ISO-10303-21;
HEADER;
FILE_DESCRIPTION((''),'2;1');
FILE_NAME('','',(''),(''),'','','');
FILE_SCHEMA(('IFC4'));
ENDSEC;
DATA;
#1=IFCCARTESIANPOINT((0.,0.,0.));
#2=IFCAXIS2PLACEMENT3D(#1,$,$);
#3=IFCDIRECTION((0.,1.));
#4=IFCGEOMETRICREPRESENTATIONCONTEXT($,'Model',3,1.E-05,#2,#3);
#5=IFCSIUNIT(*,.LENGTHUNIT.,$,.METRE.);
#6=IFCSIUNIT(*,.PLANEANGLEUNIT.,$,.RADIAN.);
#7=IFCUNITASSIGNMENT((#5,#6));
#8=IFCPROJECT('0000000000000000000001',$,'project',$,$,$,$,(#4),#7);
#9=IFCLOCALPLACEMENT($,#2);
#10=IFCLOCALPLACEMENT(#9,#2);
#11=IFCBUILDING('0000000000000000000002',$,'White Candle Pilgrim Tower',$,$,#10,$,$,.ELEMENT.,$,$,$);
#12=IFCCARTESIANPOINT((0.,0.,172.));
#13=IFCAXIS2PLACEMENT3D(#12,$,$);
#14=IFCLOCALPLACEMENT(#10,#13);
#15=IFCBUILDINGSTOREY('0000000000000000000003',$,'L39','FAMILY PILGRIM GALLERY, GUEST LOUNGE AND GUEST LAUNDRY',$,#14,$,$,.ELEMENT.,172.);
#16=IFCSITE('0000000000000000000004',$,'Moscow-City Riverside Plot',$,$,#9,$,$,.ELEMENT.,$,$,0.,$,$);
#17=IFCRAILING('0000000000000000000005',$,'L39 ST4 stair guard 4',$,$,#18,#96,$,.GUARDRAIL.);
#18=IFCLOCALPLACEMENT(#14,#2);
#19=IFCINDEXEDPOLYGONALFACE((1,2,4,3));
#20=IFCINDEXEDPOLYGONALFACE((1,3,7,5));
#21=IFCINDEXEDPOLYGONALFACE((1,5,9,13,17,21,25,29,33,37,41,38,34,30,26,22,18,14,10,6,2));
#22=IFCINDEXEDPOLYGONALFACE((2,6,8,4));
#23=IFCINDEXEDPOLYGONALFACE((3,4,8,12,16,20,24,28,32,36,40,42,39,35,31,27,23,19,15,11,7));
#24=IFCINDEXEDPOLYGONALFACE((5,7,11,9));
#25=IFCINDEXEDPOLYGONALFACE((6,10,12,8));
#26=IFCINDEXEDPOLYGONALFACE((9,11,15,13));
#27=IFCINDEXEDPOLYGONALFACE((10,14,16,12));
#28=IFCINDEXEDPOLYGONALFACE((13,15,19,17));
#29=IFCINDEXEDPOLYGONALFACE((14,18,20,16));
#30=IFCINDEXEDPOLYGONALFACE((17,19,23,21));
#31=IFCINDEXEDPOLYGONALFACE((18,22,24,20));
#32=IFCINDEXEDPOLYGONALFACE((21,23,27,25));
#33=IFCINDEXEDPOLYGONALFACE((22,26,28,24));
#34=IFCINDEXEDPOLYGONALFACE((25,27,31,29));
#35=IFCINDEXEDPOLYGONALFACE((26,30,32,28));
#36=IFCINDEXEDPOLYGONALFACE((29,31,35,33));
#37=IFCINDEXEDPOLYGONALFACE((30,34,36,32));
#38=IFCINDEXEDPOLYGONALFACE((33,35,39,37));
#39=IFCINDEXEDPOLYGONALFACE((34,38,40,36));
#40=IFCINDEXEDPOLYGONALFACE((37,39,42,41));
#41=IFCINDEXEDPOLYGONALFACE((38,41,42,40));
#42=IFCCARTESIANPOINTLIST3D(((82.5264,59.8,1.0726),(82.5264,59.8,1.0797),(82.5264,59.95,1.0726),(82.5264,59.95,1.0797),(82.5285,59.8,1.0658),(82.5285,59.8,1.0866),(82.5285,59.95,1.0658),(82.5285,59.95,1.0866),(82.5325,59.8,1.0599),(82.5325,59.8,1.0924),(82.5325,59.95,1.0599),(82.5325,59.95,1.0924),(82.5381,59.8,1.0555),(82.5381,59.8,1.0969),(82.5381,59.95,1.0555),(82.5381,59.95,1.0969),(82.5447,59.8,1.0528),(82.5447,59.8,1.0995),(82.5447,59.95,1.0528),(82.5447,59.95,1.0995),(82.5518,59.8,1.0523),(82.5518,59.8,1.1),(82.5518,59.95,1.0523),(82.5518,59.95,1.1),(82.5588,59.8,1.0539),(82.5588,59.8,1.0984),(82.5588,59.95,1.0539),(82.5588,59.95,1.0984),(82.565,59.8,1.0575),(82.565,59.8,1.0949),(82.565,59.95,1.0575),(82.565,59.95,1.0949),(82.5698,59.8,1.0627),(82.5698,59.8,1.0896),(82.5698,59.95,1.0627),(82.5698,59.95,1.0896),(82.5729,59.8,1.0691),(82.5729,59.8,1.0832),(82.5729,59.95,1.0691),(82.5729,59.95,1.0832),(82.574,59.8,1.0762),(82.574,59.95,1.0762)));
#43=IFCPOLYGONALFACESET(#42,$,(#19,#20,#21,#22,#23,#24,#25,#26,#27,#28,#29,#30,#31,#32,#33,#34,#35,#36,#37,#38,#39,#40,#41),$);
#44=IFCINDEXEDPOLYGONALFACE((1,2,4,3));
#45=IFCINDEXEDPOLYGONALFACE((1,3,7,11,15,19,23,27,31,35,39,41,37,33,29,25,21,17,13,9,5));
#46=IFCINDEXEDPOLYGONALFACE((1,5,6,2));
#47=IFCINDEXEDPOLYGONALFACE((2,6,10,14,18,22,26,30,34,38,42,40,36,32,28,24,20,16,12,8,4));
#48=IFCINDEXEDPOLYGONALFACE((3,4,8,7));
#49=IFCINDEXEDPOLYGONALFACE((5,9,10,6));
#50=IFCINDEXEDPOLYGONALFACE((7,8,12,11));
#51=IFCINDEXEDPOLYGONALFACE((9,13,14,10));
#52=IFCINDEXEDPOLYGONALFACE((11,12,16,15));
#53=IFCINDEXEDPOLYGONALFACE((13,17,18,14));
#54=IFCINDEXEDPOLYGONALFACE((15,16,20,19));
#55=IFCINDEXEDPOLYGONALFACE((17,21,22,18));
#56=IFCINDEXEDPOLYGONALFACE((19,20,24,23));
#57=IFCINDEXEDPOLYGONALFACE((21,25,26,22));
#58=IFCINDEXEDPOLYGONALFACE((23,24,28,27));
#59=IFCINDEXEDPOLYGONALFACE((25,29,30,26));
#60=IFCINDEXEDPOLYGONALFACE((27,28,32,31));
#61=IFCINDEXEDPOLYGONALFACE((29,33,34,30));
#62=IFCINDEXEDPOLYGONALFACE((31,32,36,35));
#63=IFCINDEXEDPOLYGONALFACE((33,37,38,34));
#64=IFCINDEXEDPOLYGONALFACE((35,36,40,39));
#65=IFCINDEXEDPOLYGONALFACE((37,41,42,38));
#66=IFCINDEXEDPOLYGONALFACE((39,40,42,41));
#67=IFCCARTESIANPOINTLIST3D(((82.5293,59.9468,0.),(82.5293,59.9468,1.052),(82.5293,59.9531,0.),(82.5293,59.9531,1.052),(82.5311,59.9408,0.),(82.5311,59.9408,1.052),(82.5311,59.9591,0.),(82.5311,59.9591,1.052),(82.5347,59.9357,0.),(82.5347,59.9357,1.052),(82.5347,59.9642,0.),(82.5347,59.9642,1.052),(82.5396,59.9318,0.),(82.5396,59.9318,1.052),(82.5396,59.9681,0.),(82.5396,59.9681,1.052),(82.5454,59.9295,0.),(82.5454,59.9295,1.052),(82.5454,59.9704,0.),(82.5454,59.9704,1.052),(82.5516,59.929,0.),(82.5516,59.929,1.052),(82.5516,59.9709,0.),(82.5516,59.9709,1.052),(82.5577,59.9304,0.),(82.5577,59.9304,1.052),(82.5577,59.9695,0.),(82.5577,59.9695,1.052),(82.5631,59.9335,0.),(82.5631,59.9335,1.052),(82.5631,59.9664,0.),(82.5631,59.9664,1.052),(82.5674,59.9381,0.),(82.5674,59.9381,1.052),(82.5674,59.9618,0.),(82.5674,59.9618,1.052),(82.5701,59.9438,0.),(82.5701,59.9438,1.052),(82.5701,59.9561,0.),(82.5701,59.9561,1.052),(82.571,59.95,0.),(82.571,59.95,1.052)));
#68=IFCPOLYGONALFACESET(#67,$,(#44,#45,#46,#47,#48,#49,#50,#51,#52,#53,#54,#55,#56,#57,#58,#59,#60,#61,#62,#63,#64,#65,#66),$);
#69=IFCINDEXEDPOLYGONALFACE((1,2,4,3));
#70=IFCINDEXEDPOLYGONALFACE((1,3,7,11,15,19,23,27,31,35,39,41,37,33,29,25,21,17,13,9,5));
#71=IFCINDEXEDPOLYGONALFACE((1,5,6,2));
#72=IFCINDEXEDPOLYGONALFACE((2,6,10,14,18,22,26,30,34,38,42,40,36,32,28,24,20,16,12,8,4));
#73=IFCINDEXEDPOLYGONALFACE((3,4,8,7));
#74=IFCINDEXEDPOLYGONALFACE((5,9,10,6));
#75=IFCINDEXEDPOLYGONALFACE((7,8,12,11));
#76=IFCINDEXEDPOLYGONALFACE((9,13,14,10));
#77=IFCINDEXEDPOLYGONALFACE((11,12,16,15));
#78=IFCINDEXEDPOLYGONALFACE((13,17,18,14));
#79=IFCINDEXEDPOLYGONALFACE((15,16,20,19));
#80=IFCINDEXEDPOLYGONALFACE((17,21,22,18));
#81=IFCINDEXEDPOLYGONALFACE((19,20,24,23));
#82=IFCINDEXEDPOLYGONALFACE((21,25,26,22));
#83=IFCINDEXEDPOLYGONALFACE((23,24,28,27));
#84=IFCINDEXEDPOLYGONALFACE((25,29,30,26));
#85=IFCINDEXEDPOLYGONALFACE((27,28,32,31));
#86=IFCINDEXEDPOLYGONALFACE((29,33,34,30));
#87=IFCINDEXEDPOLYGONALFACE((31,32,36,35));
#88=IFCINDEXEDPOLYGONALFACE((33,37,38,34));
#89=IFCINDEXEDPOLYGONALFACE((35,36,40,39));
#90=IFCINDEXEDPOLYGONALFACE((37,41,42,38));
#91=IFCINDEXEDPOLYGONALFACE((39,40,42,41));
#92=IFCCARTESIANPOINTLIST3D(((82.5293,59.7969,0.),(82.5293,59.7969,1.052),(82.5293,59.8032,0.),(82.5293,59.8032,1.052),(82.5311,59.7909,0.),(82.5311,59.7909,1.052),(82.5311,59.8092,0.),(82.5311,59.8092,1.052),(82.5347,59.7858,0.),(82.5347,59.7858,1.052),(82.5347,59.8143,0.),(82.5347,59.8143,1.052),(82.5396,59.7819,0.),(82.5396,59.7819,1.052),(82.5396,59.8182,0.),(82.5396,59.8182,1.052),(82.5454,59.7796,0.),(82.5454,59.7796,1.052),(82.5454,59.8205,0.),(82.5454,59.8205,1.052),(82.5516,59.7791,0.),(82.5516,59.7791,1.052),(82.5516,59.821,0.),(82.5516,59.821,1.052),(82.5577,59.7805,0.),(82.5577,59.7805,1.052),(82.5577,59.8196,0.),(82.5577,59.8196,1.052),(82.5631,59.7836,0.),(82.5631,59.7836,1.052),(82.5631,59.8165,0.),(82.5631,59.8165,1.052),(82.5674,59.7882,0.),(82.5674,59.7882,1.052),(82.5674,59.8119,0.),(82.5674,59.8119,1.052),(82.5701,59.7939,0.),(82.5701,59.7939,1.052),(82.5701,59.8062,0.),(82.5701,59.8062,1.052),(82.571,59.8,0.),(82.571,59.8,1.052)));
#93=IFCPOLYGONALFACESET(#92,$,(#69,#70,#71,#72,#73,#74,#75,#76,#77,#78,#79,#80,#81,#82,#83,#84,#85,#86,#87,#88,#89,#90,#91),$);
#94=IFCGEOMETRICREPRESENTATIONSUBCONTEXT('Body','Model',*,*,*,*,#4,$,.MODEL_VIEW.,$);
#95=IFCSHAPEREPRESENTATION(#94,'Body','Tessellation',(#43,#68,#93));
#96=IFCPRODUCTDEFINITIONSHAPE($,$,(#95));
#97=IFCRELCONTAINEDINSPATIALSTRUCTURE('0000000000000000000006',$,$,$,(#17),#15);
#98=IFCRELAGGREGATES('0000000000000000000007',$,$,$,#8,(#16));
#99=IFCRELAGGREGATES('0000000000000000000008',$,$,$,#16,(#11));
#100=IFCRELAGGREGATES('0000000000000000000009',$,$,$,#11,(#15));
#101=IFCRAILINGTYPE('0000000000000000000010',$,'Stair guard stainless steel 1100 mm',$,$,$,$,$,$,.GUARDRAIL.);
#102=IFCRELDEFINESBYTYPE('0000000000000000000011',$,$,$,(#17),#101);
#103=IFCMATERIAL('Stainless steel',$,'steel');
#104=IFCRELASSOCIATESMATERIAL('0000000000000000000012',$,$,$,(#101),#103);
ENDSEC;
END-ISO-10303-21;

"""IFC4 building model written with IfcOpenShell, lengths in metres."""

from ifc_helpers import new_model, si_unit, direction, frame, origin, origin_2d, place, context, subcontext, project, spatial, circle, extrude, material, type_object, element, save


model = new_model("IFC4")

# Units and contexts
model_context = context("Model", 3, precision=1e-05, world=origin(), true_north=direction((0.0, 1.0)))
body_context = subcontext(model_context, "Body", "Model", "MODEL_VIEW")
ifc_project = project(units=[si_unit("LENGTHUNIT", "METRE"), si_unit("PLANEANGLEUNIT", "RADIAN")], contexts=[model_context])

# Site, building, storey
site_placement = place(None, origin())
site = spatial("IfcSite", under=ifc_project, at=site_placement, Name="Moscow-City Riverside Plot", CompositionType="ELEMENT", RefElevation=0.0)
building_placement = place(site_placement, origin())
building = spatial("IfcBuilding", under=site, at=building_placement, Name="White Candle Pilgrim Tower", CompositionType="ELEMENT")
storey_placement = place(building_placement, frame((0.0, 0.0, 172.0)))
storey = spatial("IfcBuildingStorey", under=building, at=storey_placement, Name="L39", Description="FAMILY PILGRIM GALLERY, GUEST LOUNGE AND GUEST LAUNDRY", CompositionType="ELEMENT", Elevation=172.0)

# Railing
ifc_material_1 = material(Name="Stainless steel", Category="steel")
railing_type_1 = type_object("IfcRailingType", Name="Stair guard stainless steel 1100 mm", PredefinedType="GUARDRAIL", material=ifc_material_1)
railing_1_placement = place(storey_placement, frame((82.55, 59.95, 0.0)))
element("IfcRailing", 1, at=railing_1_placement, inside=storey, type_object=railing_type_1, Name="L39 ST4 stair guard 4", PredefinedType="GUARDRAIL", context=body_context, shape_type="SweptSolid", body=[
    extrude(circle(Radius=0.0239, at=origin_2d()), frame((0.0, 0.0, 1.0762), z_axis=(0.0, -1.0, 0.0), x_axis=(1.0, 0.0, 0.0)), (0.0, 0.0, 1.0), 0.1499),
    extrude(circle(Radius=0.021, at=origin_2d()), origin(), (0.0, 0.0, 1.0), 1.052),
    extrude(circle(Radius=0.021, at=origin_2d()), frame((0.0, -0.1499, 0.0)), (0.0, 0.0, 1.0), 1.052),
])

save(model, "model.ifc")
